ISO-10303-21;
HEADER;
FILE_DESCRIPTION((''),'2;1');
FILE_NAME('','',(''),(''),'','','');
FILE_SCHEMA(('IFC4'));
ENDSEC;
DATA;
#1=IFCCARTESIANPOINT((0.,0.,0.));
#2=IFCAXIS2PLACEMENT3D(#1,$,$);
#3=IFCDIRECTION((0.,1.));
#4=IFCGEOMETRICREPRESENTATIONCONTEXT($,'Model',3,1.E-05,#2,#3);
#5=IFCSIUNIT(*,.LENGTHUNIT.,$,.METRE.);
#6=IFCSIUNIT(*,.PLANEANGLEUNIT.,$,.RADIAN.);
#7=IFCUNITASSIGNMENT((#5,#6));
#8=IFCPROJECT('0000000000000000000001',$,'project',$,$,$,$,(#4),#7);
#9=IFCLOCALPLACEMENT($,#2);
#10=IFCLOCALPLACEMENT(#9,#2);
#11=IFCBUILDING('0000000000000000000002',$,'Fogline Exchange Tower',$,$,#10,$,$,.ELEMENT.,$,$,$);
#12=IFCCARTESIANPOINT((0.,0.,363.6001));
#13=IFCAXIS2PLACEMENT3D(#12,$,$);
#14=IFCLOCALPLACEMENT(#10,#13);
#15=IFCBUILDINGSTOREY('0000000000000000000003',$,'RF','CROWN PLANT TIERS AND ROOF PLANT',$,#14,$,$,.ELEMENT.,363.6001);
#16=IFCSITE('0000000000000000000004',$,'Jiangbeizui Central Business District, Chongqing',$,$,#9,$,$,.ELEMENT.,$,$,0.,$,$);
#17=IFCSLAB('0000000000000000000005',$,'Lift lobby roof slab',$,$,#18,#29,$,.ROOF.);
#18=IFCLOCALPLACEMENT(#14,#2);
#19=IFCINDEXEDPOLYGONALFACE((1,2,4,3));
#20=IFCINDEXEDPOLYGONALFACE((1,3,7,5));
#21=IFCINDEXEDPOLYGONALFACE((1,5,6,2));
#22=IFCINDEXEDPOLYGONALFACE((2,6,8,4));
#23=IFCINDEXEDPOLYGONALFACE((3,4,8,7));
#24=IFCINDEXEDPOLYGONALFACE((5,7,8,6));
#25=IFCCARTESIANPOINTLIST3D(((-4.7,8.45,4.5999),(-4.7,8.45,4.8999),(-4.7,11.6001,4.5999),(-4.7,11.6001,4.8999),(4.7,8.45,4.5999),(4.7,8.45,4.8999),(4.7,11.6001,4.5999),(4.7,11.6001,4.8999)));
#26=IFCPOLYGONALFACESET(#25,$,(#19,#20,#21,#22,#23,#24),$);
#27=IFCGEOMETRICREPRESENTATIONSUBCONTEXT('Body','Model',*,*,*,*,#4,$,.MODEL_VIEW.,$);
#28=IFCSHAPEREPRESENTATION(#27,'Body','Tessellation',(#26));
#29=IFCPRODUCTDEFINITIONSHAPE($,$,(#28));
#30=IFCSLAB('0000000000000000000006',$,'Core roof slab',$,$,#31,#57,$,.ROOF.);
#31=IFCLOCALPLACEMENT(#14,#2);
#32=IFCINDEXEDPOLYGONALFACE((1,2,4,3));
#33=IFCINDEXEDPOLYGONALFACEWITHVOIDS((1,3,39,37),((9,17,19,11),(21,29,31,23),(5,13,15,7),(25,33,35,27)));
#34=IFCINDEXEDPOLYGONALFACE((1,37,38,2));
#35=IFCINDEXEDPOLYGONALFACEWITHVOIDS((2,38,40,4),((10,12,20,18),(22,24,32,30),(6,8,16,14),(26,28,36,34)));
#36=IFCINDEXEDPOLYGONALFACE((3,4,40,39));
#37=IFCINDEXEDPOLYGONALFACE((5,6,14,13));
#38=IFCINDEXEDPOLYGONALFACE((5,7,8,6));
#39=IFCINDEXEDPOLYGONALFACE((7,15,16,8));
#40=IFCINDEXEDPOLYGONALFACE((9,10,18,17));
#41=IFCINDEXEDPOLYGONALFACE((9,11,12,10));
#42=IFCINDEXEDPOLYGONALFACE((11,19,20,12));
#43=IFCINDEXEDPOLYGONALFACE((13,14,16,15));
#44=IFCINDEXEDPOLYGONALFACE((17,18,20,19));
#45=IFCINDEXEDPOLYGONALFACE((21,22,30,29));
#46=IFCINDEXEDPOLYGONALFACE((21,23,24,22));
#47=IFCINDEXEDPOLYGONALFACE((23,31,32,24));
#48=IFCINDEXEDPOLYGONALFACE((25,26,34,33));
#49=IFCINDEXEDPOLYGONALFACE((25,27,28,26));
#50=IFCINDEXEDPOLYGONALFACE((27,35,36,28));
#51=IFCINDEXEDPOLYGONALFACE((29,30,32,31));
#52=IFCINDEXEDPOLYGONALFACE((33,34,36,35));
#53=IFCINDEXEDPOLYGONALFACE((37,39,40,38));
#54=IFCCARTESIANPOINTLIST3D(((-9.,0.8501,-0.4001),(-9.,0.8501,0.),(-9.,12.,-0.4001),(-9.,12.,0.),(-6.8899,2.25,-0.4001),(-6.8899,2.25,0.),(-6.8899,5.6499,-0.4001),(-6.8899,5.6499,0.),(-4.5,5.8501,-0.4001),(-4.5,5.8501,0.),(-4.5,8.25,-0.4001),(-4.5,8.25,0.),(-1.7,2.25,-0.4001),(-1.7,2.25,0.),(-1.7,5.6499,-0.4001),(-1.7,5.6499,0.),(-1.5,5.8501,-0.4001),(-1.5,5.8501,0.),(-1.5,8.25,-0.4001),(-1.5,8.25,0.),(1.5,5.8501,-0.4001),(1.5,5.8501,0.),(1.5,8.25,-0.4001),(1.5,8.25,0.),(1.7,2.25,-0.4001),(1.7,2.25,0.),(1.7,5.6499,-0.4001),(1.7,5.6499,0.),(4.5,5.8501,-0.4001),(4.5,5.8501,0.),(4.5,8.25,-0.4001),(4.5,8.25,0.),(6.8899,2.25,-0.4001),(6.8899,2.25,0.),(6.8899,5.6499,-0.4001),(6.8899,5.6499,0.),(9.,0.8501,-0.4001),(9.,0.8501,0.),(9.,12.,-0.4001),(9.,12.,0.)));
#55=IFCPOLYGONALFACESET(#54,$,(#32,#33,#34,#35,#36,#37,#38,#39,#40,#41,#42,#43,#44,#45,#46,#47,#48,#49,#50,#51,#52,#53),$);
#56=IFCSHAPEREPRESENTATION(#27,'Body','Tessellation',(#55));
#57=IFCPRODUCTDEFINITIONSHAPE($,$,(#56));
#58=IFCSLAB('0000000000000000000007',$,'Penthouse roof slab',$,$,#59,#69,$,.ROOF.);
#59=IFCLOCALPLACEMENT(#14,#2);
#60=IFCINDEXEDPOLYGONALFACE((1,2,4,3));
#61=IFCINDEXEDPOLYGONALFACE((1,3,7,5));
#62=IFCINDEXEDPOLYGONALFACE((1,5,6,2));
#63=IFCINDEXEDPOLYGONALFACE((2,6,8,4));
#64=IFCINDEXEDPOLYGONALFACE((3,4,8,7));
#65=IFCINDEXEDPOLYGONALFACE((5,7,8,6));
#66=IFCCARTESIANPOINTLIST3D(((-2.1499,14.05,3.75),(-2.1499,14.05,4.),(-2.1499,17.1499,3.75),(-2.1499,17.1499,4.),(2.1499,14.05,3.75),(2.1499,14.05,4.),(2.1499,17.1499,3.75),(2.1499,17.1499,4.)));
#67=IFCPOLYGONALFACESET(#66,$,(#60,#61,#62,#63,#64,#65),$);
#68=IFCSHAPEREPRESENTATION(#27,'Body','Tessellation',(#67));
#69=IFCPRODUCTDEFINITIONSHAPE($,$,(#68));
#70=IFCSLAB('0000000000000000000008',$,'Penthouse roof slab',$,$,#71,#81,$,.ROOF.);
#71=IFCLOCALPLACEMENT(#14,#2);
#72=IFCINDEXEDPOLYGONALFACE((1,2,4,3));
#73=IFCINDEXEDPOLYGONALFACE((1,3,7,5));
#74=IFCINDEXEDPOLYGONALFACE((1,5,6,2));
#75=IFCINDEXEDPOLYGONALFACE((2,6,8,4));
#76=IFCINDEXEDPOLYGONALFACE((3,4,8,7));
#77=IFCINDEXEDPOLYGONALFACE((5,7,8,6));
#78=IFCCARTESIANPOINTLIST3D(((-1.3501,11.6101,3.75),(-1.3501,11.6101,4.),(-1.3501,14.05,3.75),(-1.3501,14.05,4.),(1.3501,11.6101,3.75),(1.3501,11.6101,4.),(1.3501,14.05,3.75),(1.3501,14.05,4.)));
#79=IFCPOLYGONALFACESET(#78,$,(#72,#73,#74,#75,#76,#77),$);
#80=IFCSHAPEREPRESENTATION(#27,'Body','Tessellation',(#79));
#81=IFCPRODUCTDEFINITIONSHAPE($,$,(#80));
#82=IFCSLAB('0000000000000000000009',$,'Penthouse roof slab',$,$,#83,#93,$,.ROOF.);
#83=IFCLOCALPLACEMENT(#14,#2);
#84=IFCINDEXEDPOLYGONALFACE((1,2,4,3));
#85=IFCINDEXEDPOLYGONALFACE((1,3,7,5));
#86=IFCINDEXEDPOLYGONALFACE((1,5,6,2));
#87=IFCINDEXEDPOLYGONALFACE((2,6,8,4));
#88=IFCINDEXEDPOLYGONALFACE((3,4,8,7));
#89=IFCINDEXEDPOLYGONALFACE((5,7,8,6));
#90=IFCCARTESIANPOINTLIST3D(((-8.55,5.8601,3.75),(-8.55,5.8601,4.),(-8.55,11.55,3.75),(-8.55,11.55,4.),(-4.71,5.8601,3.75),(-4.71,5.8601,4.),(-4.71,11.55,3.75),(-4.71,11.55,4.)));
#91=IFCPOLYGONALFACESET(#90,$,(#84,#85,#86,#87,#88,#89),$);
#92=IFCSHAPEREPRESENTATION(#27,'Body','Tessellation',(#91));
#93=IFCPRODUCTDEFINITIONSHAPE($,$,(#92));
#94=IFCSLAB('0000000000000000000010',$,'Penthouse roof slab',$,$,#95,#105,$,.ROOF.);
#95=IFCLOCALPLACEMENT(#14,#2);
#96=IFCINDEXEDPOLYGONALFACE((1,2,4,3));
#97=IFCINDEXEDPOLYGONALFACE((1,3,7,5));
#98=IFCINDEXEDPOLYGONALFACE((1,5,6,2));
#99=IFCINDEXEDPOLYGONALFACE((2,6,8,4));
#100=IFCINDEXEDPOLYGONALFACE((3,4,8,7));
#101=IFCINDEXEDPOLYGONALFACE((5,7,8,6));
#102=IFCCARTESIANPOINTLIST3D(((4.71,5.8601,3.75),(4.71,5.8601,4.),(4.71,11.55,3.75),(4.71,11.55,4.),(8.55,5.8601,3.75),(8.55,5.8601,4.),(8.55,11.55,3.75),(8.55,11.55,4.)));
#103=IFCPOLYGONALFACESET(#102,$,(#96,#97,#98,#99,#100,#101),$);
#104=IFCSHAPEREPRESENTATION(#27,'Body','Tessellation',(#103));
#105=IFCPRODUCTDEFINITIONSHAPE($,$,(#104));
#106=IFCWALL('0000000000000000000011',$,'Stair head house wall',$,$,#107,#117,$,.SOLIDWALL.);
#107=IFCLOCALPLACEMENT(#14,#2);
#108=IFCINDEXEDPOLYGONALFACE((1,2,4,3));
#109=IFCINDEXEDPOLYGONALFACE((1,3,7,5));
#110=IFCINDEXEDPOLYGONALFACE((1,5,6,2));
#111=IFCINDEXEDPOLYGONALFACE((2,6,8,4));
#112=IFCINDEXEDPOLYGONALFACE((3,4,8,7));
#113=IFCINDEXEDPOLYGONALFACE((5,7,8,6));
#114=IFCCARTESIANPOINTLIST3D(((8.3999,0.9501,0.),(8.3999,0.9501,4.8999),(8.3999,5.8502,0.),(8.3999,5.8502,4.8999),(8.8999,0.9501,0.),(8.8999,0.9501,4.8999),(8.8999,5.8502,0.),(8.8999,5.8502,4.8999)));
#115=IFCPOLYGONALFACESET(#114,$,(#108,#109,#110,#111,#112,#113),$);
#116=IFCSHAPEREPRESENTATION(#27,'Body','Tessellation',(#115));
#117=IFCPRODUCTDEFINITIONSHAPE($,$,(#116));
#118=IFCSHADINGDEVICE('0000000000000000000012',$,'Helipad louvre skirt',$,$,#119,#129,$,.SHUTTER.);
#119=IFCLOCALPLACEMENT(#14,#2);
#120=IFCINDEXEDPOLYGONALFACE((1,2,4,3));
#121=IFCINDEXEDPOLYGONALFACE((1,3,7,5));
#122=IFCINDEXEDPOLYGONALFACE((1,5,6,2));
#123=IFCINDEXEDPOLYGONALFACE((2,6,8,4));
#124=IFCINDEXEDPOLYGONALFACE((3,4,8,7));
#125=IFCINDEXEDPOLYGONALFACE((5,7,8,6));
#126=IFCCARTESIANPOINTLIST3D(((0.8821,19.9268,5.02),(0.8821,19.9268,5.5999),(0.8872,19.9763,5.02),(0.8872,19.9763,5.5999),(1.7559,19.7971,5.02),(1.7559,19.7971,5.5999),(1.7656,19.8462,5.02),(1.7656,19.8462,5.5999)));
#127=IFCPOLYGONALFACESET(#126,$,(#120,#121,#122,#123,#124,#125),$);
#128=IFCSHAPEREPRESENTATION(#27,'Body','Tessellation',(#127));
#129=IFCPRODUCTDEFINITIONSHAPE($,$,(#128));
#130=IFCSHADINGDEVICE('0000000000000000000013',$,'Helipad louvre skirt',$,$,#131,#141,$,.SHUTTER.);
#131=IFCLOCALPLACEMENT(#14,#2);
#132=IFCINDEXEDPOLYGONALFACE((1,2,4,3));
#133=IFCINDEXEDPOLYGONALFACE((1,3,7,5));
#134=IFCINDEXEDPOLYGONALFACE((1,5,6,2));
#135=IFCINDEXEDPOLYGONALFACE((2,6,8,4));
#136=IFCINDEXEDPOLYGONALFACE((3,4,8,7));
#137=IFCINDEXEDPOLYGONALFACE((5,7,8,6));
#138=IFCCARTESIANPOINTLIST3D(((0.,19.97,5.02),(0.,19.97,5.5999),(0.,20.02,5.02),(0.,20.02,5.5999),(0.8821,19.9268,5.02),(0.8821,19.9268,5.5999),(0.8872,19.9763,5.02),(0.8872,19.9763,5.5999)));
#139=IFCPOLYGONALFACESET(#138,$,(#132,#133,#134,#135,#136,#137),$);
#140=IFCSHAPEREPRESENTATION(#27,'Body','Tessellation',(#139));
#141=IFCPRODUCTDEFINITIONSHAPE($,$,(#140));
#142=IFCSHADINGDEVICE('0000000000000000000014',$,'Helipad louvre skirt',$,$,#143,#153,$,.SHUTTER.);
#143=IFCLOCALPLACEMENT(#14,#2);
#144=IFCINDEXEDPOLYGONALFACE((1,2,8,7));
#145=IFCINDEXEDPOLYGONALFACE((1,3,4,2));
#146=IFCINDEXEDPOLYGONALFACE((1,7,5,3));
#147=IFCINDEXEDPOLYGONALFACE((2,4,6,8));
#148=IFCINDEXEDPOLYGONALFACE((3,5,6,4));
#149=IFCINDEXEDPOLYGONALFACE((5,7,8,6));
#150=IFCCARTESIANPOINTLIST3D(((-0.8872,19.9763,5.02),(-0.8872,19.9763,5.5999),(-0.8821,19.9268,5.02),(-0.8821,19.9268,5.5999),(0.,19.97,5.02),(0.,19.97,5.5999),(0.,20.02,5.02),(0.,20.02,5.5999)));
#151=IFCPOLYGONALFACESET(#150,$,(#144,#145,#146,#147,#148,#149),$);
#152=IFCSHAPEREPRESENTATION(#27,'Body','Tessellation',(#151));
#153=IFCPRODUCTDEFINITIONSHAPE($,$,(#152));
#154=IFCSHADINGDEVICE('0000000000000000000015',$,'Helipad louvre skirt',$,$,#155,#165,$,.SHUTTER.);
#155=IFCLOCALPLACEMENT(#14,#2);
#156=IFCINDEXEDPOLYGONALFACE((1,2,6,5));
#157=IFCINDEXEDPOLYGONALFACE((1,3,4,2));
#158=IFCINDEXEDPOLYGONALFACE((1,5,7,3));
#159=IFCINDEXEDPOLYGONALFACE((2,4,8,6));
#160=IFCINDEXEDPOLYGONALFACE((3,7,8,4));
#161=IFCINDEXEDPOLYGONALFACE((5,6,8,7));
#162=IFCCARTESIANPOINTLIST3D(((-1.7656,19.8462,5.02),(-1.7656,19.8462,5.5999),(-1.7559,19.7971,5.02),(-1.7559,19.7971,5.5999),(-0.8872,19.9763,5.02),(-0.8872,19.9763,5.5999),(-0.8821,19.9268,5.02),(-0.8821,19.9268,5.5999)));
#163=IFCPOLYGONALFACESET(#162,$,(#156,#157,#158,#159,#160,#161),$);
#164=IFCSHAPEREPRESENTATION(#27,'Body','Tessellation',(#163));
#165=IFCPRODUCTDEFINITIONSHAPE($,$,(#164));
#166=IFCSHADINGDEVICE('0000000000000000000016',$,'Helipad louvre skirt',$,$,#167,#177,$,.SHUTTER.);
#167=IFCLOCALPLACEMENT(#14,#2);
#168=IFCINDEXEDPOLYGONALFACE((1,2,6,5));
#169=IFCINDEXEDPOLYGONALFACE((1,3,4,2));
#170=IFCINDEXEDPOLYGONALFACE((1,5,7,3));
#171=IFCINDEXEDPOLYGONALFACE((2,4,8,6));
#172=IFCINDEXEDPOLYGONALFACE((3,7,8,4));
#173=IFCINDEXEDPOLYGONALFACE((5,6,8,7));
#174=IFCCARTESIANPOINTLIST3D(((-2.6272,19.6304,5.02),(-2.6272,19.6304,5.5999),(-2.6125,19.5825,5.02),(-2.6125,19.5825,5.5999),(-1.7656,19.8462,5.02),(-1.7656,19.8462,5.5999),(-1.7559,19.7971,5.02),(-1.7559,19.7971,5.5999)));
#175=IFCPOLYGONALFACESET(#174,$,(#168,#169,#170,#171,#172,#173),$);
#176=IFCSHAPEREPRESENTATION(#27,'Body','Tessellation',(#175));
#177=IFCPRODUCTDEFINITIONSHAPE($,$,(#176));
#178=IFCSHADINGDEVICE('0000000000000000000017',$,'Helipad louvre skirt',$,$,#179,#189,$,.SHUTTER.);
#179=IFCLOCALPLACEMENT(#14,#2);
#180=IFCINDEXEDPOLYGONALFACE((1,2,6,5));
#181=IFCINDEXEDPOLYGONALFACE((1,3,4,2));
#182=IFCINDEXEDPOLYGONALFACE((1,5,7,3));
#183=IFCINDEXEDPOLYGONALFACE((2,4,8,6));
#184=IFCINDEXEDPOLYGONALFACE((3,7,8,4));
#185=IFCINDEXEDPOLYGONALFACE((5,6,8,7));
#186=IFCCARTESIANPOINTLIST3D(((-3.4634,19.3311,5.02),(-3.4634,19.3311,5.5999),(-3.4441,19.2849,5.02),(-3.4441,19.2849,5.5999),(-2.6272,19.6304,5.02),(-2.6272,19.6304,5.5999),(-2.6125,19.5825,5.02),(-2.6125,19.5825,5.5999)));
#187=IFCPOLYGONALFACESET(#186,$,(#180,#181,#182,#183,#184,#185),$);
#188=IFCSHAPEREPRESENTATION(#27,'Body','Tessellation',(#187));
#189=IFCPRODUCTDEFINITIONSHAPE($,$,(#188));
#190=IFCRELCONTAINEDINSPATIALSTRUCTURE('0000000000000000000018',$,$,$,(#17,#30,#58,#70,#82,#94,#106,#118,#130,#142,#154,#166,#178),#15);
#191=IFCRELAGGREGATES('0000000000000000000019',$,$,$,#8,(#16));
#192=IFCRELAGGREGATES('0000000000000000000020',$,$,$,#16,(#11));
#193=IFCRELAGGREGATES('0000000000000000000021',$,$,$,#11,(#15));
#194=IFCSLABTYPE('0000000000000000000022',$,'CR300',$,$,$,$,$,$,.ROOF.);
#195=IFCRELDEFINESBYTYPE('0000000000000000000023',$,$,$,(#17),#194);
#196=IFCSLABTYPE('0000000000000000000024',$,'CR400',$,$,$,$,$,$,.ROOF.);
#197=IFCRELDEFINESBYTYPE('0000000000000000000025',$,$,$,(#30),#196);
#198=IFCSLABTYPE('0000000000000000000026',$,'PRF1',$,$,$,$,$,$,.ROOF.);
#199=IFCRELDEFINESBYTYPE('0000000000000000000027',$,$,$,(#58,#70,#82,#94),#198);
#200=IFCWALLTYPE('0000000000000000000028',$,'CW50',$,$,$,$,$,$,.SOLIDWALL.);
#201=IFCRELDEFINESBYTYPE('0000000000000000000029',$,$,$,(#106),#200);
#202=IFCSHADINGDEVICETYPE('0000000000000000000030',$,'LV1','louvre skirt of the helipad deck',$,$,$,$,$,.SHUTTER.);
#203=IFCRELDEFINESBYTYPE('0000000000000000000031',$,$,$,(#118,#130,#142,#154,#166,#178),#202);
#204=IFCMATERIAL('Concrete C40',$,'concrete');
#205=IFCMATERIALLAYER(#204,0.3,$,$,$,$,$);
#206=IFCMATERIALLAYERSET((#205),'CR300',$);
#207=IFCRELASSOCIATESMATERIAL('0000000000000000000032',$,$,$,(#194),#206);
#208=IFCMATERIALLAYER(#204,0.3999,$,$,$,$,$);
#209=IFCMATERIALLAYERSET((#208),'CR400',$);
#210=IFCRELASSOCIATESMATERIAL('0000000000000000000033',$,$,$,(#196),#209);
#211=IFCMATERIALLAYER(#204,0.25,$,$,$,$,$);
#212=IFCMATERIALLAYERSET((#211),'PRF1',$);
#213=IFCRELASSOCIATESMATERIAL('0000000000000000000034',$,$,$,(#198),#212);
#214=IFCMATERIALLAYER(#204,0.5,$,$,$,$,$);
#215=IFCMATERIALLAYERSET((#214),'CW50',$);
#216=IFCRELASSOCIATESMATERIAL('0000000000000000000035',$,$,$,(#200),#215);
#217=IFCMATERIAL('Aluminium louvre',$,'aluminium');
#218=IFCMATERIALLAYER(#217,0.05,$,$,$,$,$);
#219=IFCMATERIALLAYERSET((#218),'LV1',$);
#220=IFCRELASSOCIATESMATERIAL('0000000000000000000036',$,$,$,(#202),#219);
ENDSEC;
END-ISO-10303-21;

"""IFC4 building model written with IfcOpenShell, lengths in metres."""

from ifc_helpers import new_model, si_unit, direction, frame, frame_2d, origin, place, context, subcontext, project, spatial, polyline, rectangle, outline, extrude, material, layer, layer_set, type_object, element, save


model = new_model("IFC4")

# Units and contexts
model_context = context("Model", 3, precision=1e-05, world=origin(), true_north=direction((0.0, 1.0)))
body_context = subcontext(model_context, "Body", "Model", "MODEL_VIEW")
ifc_project = project(units=[si_unit("LENGTHUNIT", "METRE"), si_unit("PLANEANGLEUNIT", "RADIAN")], contexts=[model_context])

# Site, building, storey
site_placement = place(None, origin())
site = spatial("IfcSite", under=ifc_project, at=site_placement, Name="Jiangbeizui Central Business District, Chongqing", CompositionType="ELEMENT", RefElevation=0.0)
building_placement = place(site_placement, origin())
building = spatial("IfcBuilding", under=site, at=building_placement, Name="Fogline Exchange Tower", CompositionType="ELEMENT")
storey_placement = place(building_placement, frame((0.0, 0.0, 363.6001)))
storey = spatial("IfcBuildingStorey", under=building, at=storey_placement, Name="RF", Description="CROWN PLANT TIERS AND ROOF PLANT", CompositionType="ELEMENT", Elevation=363.6001)

# Slabs
ifc_material_1 = material(Name="Concrete C40", Category="concrete")
ifc_layer_1 = layer(ifc_material_1, 0.3)
ifc_layer_set_1 = layer_set([ifc_layer_1], Name="CR300")
slab_type_1 = type_object("IfcSlabType", Name="CR300", PredefinedType="ROOF", material=ifc_layer_set_1)
slab_1_placement = place(storey_placement, frame((0.0, 0.0, 4.5999)))
element("IfcSlab", 1, at=slab_1_placement, inside=storey, type_object=slab_type_1, Name="Lift lobby roof slab", PredefinedType="ROOF", context=body_context, shape_type="SweptSolid", body=[
    extrude(outline(polyline([(-4.7, 8.45), (4.7, 8.45), (4.7, 11.6001), (-4.7, 11.6001), (-4.7, 8.45)])), origin(), (0.0, 0.0, 1.0), 0.3),
])
ifc_layer_2 = layer(ifc_material_1, 0.3999)
ifc_layer_set_2 = layer_set([ifc_layer_2], Name="CR400")
slab_type_2 = type_object("IfcSlabType", Name="CR400", PredefinedType="ROOF", material=ifc_layer_set_2)
slab_2_placement = place(storey_placement, frame((0.0, 0.0, -0.4001)))
element("IfcSlab", 2, at=slab_2_placement, inside=storey, type_object=slab_type_2, Name="Core roof slab", PredefinedType="ROOF", context=body_context, shape_type="SweptSolid", body=[
    extrude(outline(polyline([(-9.0, 12.0), (9.0, 12.0), (9.0, 0.8501), (-9.0, 0.8501), (-9.0, 12.0)]), holes=[polyline([(-6.8899, 2.25), (-1.7, 2.25), (-1.7, 5.6499), (-6.8899, 5.6499), (-6.8899, 2.25)]), polyline([(1.7, 2.25), (6.8899, 2.25), (6.8899, 5.6499), (1.7, 5.6499), (1.7, 2.25)]), polyline([(-4.5, 5.8501), (-1.5, 5.8501), (-1.5, 8.25), (-4.5, 8.25), (-4.5, 5.8501)]), polyline([(1.5, 5.8501), (4.5, 5.8501), (4.5, 8.25), (1.5, 8.25), (1.5, 5.8501)])]), origin(), (0.0, 0.0, 1.0), 0.4001),
])
ifc_layer_3 = layer(ifc_material_1, 0.25)
ifc_layer_set_3 = layer_set([ifc_layer_3], Name="PRF1")
slab_type_3 = type_object("IfcSlabType", Name="PRF1", PredefinedType="ROOF", material=ifc_layer_set_3)
slab_3_placement = place(storey_placement, frame((0.0, 0.0, 3.75)))
element("IfcSlab", 3, at=slab_3_placement, inside=storey, type_object=slab_type_3, Name="Penthouse roof slab", PredefinedType="ROOF", context=body_context, shape_type="SweptSolid", body=[
    extrude(outline(polyline([(2.1499, 17.1499), (2.1499, 14.05), (-2.1499, 14.05), (-2.1499, 17.1499), (2.1499, 17.1499)])), origin(), (0.0, 0.0, 1.0), 0.25),
])
slab_4_placement = place(storey_placement, frame((0.0, 0.0, 3.75)))
element("IfcSlab", 4, at=slab_4_placement, inside=storey, type_object=slab_type_3, Name="Penthouse roof slab", PredefinedType="ROOF", context=body_context, shape_type="SweptSolid", body=[
    extrude(outline(polyline([(1.3501, 11.6101), (-1.3501, 11.6101), (-1.3501, 14.05), (1.3501, 14.05), (1.3501, 11.6101)])), origin(), (0.0, 0.0, 1.0), 0.25),
])
slab_5_placement = place(storey_placement, frame((0.0, 0.0, 3.75)))
element("IfcSlab", 5, at=slab_5_placement, inside=storey, type_object=slab_type_3, Name="Penthouse roof slab", PredefinedType="ROOF", context=body_context, shape_type="SweptSolid", body=[
    extrude(outline(polyline([(-8.55, 11.55), (-4.71, 11.55), (-4.71, 5.8601), (-8.55, 5.8601), (-8.55, 11.55)])), origin(), (0.0, 0.0, 1.0), 0.25),
])
slab_6_placement = place(storey_placement, frame((0.0, 0.0, 3.75)))
element("IfcSlab", 6, at=slab_6_placement, inside=storey, type_object=slab_type_3, Name="Penthouse roof slab", PredefinedType="ROOF", context=body_context, shape_type="SweptSolid", body=[
    extrude(outline(polyline([(8.55, 5.8601), (4.71, 5.8601), (4.71, 11.55), (8.55, 11.55), (8.55, 5.8601)])), origin(), (0.0, 0.0, 1.0), 0.25),
])

# Wall
ifc_layer_4 = layer(ifc_material_1, 0.5)
ifc_layer_set_4 = layer_set([ifc_layer_4], Name="CW50")
wall_type = type_object("IfcWallType", Name="CW50", PredefinedType="SOLIDWALL", material=ifc_layer_set_4)
wall_placement = place(storey_placement, frame((8.6499, 0.95, 0.0), z_axis=(0.0, 0.0, 1.0), x_axis=(0.0, 1.0, 0.0)))
element("IfcWall", 7, at=wall_placement, inside=storey, type_object=wall_type, Name="Stair head house wall", PredefinedType="SOLIDWALL", context=body_context, shape_type="SweptSolid", body=[
    extrude(rectangle(XDim=4.9001, YDim=0.5, at=frame_2d((2.4502, 0.0))), origin(), (0.0, 0.0, 1.0), 4.8999),
])

# Shading devices
ifc_material_2 = material(Name="Aluminium louvre", Category="aluminium")
ifc_layer_5 = layer(ifc_material_2, 0.05)
ifc_layer_set_5 = layer_set([ifc_layer_5], Name="LV1")
shading_device_type = type_object("IfcShadingDeviceType", Name="LV1", Description="louvre skirt of the helipad deck", PredefinedType="SHUTTER", material=ifc_layer_set_5)
shading_device_1_placement = place(storey_placement, frame((0.0, 0.0, 5.02)))
element("IfcShadingDevice", 8, at=shading_device_1_placement, inside=storey, type_object=shading_device_type, Name="Helipad louvre skirt", PredefinedType="SHUTTER", context=body_context, shape_type="SweptSolid", body=[
    extrude(outline(polyline([(1.7559, 19.7971), (1.7656, 19.8462), (0.8872, 19.9763), (0.8821, 19.9268), (1.7559, 19.7971)])), origin(), (0.0, 0.0, 1.0), 0.5798),
])
shading_device_2_placement = place(storey_placement, frame((0.0, 0.0, 5.02)))
element("IfcShadingDevice", 9, at=shading_device_2_placement, inside=storey, type_object=shading_device_type, Name="Helipad louvre skirt", PredefinedType="SHUTTER", context=body_context, shape_type="SweptSolid", body=[
    extrude(outline(polyline([(0.8821, 19.9268), (0.8872, 19.9763), (0.0, 20.02), (0.0, 19.97), (0.8821, 19.9268)])), origin(), (0.0, 0.0, 1.0), 0.5798),
])
shading_device_3_placement = place(storey_placement, frame((0.0, 0.0, 5.02)))
element("IfcShadingDevice", 10, at=shading_device_3_placement, inside=storey, type_object=shading_device_type, Name="Helipad louvre skirt", PredefinedType="SHUTTER", context=body_context, shape_type="SweptSolid", body=[
    extrude(outline(polyline([(0.0, 19.97), (0.0, 20.02), (-0.8872, 19.9763), (-0.8821, 19.9268), (0.0, 19.97)])), origin(), (0.0, 0.0, 1.0), 0.5798),
])
shading_device_4_placement = place(storey_placement, frame((0.0, 0.0, 5.02)))
element("IfcShadingDevice", 11, at=shading_device_4_placement, inside=storey, type_object=shading_device_type, Name="Helipad louvre skirt", PredefinedType="SHUTTER", context=body_context, shape_type="SweptSolid", body=[
    extrude(outline(polyline([(-0.8821, 19.9268), (-0.8872, 19.9763), (-1.7656, 19.8462), (-1.7559, 19.7971), (-0.8821, 19.9268)])), origin(), (0.0, 0.0, 1.0), 0.5798),
])
shading_device_5_placement = place(storey_placement, frame((0.0, 0.0, 5.02)))
element("IfcShadingDevice", 12, at=shading_device_5_placement, inside=storey, type_object=shading_device_type, Name="Helipad louvre skirt", PredefinedType="SHUTTER", context=body_context, shape_type="SweptSolid", body=[
    extrude(outline(polyline([(-1.7559, 19.7971), (-1.7656, 19.8462), (-2.6272, 19.6304), (-2.6125, 19.5825), (-1.7559, 19.7971)])), origin(), (0.0, 0.0, 1.0), 0.5798),
])
shading_device_6_placement = place(storey_placement, frame((0.0, 0.0, 5.02)))
element("IfcShadingDevice", 13, at=shading_device_6_placement, inside=storey, type_object=shading_device_type, Name="Helipad louvre skirt", PredefinedType="SHUTTER", context=body_context, shape_type="SweptSolid", body=[
    extrude(outline(polyline([(-2.6125, 19.5825), (-2.6272, 19.6304), (-3.4634, 19.3311), (-3.4441, 19.2849), (-2.6125, 19.5825)])), origin(), (0.0, 0.0, 1.0), 0.5798),
])

save(model, "model.ifc")
